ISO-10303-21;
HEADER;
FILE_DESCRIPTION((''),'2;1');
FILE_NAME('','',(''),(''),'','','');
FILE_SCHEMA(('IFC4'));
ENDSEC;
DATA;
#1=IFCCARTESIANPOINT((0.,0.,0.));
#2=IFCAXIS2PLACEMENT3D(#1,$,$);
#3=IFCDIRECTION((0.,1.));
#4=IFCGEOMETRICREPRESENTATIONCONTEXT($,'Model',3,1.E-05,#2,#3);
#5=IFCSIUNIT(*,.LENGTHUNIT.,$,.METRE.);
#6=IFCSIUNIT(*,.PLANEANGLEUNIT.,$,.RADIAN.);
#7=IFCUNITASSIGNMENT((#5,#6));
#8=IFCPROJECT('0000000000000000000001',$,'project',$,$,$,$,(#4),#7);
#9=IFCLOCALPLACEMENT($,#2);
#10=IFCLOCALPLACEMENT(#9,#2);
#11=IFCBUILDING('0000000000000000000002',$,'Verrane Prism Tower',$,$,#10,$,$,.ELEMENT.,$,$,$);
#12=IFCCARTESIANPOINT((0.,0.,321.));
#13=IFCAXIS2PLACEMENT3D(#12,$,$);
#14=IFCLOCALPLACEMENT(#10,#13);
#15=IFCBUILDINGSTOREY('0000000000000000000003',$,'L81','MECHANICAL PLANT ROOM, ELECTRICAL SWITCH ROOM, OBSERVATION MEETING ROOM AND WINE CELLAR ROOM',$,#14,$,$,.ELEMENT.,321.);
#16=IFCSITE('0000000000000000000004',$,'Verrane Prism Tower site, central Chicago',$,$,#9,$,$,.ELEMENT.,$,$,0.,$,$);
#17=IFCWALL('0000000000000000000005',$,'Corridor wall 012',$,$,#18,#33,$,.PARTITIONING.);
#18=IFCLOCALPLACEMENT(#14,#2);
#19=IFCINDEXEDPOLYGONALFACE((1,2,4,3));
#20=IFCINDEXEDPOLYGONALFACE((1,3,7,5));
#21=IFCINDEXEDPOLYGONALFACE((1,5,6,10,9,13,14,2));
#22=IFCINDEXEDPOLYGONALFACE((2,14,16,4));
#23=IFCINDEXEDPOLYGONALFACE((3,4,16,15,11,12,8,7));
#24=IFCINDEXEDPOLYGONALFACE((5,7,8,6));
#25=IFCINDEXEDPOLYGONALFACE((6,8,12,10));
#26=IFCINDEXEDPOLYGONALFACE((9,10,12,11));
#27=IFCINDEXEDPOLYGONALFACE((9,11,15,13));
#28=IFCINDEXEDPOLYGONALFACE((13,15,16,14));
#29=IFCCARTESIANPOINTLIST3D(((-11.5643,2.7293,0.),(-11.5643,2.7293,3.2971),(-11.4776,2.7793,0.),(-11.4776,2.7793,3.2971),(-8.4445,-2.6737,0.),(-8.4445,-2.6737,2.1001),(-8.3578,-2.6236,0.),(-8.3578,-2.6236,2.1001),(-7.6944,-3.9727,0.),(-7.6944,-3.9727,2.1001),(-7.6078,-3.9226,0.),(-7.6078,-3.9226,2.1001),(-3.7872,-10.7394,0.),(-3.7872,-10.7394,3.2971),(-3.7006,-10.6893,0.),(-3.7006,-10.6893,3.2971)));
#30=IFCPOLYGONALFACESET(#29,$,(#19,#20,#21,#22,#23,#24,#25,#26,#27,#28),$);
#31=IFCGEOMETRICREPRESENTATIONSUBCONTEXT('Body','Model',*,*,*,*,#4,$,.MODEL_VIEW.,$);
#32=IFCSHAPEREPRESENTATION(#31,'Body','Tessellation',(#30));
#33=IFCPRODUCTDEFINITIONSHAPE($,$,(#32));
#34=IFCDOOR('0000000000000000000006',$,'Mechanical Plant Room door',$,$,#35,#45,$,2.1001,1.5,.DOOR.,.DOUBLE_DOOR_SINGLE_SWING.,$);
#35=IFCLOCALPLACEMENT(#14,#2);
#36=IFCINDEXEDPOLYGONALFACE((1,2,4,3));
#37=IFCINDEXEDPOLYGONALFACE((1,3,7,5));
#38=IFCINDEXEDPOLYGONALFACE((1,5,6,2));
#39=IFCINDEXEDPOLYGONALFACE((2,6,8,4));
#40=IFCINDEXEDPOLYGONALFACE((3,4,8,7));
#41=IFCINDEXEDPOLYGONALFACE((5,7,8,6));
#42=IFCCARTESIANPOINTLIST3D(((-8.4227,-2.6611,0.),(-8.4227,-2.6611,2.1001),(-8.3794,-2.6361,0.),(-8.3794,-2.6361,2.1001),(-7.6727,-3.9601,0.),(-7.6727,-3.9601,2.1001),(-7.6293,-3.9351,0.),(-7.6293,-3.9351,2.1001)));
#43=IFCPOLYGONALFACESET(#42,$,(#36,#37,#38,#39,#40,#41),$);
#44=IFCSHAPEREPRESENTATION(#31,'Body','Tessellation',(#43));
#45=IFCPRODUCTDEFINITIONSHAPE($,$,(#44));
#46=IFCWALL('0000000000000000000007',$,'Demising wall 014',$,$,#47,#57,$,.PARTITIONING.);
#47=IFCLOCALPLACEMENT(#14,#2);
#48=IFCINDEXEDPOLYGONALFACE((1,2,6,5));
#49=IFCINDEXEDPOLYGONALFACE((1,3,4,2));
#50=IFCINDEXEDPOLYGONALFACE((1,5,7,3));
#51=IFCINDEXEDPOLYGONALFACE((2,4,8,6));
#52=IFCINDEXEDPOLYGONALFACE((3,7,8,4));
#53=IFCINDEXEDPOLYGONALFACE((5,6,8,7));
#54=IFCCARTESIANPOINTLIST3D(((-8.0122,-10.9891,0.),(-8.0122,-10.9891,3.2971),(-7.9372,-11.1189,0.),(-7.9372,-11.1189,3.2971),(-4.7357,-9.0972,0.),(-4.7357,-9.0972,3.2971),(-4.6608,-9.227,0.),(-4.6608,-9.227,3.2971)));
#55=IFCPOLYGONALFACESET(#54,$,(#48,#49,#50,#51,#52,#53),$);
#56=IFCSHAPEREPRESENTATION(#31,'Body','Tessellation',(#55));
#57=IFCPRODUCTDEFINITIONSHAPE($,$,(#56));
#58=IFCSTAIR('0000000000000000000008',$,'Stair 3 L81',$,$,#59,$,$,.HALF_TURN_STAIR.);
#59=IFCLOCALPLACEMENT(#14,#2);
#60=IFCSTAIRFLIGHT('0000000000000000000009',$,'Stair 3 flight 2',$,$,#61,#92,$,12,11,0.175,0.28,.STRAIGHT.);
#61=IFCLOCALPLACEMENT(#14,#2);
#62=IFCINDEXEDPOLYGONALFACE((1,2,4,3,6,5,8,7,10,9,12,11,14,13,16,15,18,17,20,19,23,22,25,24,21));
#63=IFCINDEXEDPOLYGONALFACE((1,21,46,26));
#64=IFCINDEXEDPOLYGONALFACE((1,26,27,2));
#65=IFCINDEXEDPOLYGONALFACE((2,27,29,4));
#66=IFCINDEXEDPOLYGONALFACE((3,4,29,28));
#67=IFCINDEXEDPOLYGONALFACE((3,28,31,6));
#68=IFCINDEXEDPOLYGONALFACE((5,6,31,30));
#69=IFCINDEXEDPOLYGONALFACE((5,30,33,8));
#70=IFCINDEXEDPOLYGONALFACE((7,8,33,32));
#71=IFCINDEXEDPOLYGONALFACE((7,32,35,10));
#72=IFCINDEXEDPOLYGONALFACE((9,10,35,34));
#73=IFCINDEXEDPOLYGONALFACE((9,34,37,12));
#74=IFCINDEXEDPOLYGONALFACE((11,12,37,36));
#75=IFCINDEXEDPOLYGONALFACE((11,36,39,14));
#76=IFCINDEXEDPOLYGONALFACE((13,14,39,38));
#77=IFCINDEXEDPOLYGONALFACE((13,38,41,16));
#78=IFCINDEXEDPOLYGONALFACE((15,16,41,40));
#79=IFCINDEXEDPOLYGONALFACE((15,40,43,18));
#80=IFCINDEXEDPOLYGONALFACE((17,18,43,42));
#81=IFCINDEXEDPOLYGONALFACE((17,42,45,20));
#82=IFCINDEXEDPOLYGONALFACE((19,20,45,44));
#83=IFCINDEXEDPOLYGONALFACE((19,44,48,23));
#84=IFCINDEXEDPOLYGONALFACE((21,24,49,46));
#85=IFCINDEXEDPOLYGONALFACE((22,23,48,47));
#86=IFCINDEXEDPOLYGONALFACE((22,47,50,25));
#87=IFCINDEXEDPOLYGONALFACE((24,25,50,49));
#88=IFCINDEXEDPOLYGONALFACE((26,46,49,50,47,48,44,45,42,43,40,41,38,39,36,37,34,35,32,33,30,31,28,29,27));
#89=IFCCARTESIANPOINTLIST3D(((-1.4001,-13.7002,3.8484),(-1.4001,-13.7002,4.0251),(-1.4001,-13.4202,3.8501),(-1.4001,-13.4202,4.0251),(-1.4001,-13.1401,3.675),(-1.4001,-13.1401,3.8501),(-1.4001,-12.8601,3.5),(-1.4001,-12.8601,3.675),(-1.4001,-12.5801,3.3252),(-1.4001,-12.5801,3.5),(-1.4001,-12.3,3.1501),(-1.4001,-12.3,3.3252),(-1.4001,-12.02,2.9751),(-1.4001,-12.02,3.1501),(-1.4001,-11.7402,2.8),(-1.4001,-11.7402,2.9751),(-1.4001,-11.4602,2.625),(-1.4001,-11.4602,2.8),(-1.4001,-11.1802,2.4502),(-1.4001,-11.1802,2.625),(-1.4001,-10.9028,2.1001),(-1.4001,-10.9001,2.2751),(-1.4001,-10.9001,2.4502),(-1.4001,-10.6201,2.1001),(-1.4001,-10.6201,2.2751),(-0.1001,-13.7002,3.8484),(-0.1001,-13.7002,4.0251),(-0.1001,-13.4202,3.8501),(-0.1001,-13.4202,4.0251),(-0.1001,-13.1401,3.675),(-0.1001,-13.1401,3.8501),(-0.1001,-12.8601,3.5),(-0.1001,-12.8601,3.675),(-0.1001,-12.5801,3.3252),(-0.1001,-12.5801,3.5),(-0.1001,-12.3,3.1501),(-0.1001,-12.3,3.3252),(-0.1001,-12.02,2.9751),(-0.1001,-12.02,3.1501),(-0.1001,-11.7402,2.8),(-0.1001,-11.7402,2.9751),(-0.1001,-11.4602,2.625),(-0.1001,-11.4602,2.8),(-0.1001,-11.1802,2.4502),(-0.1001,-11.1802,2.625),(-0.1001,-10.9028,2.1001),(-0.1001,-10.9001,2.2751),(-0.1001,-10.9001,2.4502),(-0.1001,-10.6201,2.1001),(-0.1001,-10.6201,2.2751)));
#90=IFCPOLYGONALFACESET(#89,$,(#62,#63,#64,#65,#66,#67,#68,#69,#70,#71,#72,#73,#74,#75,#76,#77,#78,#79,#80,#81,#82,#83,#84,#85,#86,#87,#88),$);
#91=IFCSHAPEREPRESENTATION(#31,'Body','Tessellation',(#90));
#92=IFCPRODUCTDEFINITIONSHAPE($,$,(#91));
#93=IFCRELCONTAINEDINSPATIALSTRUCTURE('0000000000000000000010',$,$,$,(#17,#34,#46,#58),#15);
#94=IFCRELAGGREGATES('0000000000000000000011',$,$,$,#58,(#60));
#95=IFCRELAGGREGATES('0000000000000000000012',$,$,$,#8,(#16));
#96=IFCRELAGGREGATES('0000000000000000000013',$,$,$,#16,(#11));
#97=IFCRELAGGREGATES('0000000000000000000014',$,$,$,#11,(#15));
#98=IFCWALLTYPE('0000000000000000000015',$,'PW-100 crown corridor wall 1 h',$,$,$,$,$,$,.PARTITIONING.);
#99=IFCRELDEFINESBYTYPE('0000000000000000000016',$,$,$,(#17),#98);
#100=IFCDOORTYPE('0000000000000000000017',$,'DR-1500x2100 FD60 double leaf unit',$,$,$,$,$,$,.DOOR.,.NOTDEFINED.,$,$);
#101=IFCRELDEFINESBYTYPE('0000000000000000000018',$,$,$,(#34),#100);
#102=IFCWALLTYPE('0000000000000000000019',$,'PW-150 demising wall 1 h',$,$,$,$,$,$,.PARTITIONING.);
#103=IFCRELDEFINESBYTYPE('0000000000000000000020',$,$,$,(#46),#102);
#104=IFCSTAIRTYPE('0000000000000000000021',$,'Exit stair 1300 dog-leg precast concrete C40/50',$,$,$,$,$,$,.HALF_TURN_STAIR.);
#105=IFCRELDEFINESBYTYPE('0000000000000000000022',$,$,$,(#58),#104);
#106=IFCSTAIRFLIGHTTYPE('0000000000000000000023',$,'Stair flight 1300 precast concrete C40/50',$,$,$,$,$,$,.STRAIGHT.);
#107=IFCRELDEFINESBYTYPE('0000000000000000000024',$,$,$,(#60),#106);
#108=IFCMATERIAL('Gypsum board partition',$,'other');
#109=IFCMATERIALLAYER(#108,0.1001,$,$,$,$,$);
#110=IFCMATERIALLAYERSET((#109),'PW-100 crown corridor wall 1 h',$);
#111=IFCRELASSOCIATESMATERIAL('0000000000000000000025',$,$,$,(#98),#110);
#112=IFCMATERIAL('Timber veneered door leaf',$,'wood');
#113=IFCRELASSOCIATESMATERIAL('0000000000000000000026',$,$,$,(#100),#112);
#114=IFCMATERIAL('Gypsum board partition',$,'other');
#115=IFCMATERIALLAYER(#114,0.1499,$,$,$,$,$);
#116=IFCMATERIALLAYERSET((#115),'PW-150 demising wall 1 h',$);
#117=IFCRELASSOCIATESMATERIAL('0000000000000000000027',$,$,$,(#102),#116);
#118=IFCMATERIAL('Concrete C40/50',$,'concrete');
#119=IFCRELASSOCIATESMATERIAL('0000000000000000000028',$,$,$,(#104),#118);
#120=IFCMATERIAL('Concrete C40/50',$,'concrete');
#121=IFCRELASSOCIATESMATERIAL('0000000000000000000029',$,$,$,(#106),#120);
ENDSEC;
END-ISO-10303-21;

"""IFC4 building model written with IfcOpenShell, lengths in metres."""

from ifc_helpers import new_model, si_unit, direction, frame, frame_2d, origin, place, context, subcontext, project, spatial, polyline, rectangle, outline, extrude, material, layer, layer_set, type_object, element, fill, aggregate, save


model = new_model("IFC4")

# Units and contexts
model_context = context("Model", 3, precision=1e-05, world=origin(), true_north=direction((0.0, 1.0)))
body_context = subcontext(model_context, "Body", "Model", "MODEL_VIEW")
ifc_project = project(units=[si_unit("LENGTHUNIT", "METRE"), si_unit("PLANEANGLEUNIT", "RADIAN")], contexts=[model_context])

# Site, building, storey
site_placement = place(None, origin())
site = spatial("IfcSite", under=ifc_project, at=site_placement, Name="Verrane Prism Tower site, central Chicago", CompositionType="ELEMENT", RefElevation=0.0)
building_placement = place(site_placement, origin())
building = spatial("IfcBuilding", under=site, at=building_placement, Name="Verrane Prism Tower", CompositionType="ELEMENT")
storey_placement = place(building_placement, frame((0.0, 0.0, 321.0)))
storey = spatial("IfcBuildingStorey", under=building, at=storey_placement, Name="L81", Description="MECHANICAL PLANT ROOM, ELECTRICAL SWITCH ROOM, OBSERVATION MEETING ROOM AND WINE CELLAR ROOM", CompositionType="ELEMENT", Elevation=321.0)

# Wall, opening, door
ifc_material_1 = material(Name="Gypsum board partition", Category="other")
ifc_layer_1 = layer(ifc_material_1, 0.1001)
ifc_layer_set_1 = layer_set([ifc_layer_1], Name="PW-100 crown corridor wall 1 h")
wall_type_1 = type_object("IfcWallType", Name="PW-100 crown corridor wall 1 h", PredefinedType="PARTITIONING", material=ifc_layer_set_1)
wall_1_placement = place(storey_placement, frame((-3.7439, -10.7144, 0.0), z_axis=(0.0, 0.0, 1.0), x_axis=(-0.500044, 0.866, 0.0)))
wall_1 = element("IfcWall", 1, at=wall_1_placement, inside=storey, type_object=wall_type_1, Name="Corridor wall 012", PredefinedType="PARTITIONING", context=body_context, shape_type="SweptSolid", body=[
    extrude(rectangle(XDim=15.5527, YDim=0.1001, at=frame_2d((7.7764, 0.0))), origin(), (0.0, 0.0, 1.0), 3.2971),
])
opening_1_placement = place(wall_1_placement, frame((7.8137, 0.0, 0.0)))
opening_1 = element("IfcOpeningElement", 2, at=opening_1_placement, cuts=wall_1, PredefinedType="OPENING", context=body_context, shape_type="SweptSolid", body=[
    extrude(rectangle(XDim=1.5, YDim=2.1001, at=frame_2d((0.75, 1.05))), frame((0.0, 0.0601, 0.0), z_axis=(0.0, -1.0, 0.0), x_axis=(1.0, 0.0, 0.0)), (0.0, 0.0, 1.0), 0.1201),
])
ifc_material_2 = material(Name="Timber veneered door leaf", Category="wood")
door_type_1 = type_object("IfcDoorType", Name="DR-1500x2100 FD60 double leaf unit", OperationType="NOTDEFINED", PredefinedType="DOOR", material=ifc_material_2)
door_1_placement = place(opening_1_placement, origin())
door_1 = element("IfcDoor", 3, at=door_1_placement, inside=storey, type_object=door_type_1, Name="Mechanical Plant Room door", OperationType="DOUBLE_DOOR_SINGLE_SWING", OverallHeight=2.1001, OverallWidth=1.5, PredefinedType="DOOR", context=body_context, shape_type="SweptSolid", body=[
    extrude(rectangle(XDim=1.5, YDim=2.1001, at=frame_2d((0.75, 1.05))), frame((0.0, 0.0249, 0.0), z_axis=(0.0, -1.0, 0.0), x_axis=(1.0, 0.0, 0.0)), (0.0, 0.0, 1.0), 0.05),
])
fill(opening_1, door_1)

# Wall
ifc_material_3 = material(Name="Gypsum board partition", Category="other")
ifc_layer_2 = layer(ifc_material_3, 0.1499)
ifc_layer_set_2 = layer_set([ifc_layer_2], Name="PW-150 demising wall 1 h")
wall_type_2 = type_object("IfcWallType", Name="PW-150 demising wall 1 h", PredefinedType="PARTITIONING", material=ifc_layer_set_2)
wall_2_placement = place(storey_placement, frame((-7.9746, -11.054, 0.0), z_axis=(0.0, 0.0, 1.0), x_axis=(0.865999, 0.500046, 0.0)))
element("IfcWall", 4, at=wall_2_placement, inside=storey, type_object=wall_type_2, Name="Demising wall 014", PredefinedType="PARTITIONING", context=body_context, shape_type="SweptSolid", body=[
    extrude(rectangle(XDim=3.7834, YDim=0.1499, at=frame_2d((1.8916, 0.0))), origin(), (0.0, 0.0, 1.0), 3.2971),
])

# Stair, stair flight
ifc_material_4 = material(Name="Concrete C40/50", Category="concrete")
stair_type = type_object("IfcStairType", Name="Exit stair 1300 dog-leg precast concrete C40/50", PredefinedType="HALF_TURN_STAIR", material=ifc_material_4)
stair_placement = place(storey_placement, origin())
stair = element("IfcStair", 5, at=stair_placement, inside=storey, type_object=stair_type, Name="Stair 3 L81", PredefinedType="HALF_TURN_STAIR")
ifc_material_5 = material(Name="Concrete C40/50", Category="concrete")
stair_flight_type = type_object("IfcStairFlightType", Name="Stair flight 1300 precast concrete C40/50", PredefinedType="STRAIGHT", material=ifc_material_5)
stair_flight_placement = place(storey_placement, frame((-0.75, -10.6201, 2.1001), z_axis=(0.0, 0.0, 1.0), x_axis=(0.0, -1.0, 0.0)))
stair_flight = element("IfcStairFlight", 6, at=stair_flight_placement, type_object=stair_flight_type, Name="Stair 3 flight 2", NumberOfRisers=12, NumberOfTreads=11, PredefinedType="STRAIGHT", RiserHeight=0.175, TreadLength=0.28, context=body_context, shape_type="SweptSolid", body=[
    extrude(outline(polyline([(0.0, 0.0), (0.0, 0.175), (0.28, 0.175), (0.28, 0.3501), (0.5601, 0.3501), (0.5601, 0.5249), (0.8401, 0.5249), (0.8401, 0.7), (1.1201, 0.7), (1.1201, 0.875), (1.3999, 0.875), (1.3999, 1.05), (1.6799, 1.05), (1.6799, 1.2251), (1.96, 1.2251), (1.96, 1.3999), (2.24, 1.3999), (2.24, 1.575), (2.52, 1.575), (2.52, 1.75), (2.8, 1.75), (2.8, 1.925), (3.0801, 1.925), (3.0801, 2.1001), (3.0801, 1.7483), (0.2827, 0.0), (0.0, 0.0)])), frame((0.0, 0.6499, 0.0), z_axis=(0.0, -1.0, 0.0), x_axis=(1.0, 0.0, 0.0)), (0.0, 0.0, 1.0), 1.3),
])
aggregate(stair, [stair_flight])

save(model, "model.ifc")
